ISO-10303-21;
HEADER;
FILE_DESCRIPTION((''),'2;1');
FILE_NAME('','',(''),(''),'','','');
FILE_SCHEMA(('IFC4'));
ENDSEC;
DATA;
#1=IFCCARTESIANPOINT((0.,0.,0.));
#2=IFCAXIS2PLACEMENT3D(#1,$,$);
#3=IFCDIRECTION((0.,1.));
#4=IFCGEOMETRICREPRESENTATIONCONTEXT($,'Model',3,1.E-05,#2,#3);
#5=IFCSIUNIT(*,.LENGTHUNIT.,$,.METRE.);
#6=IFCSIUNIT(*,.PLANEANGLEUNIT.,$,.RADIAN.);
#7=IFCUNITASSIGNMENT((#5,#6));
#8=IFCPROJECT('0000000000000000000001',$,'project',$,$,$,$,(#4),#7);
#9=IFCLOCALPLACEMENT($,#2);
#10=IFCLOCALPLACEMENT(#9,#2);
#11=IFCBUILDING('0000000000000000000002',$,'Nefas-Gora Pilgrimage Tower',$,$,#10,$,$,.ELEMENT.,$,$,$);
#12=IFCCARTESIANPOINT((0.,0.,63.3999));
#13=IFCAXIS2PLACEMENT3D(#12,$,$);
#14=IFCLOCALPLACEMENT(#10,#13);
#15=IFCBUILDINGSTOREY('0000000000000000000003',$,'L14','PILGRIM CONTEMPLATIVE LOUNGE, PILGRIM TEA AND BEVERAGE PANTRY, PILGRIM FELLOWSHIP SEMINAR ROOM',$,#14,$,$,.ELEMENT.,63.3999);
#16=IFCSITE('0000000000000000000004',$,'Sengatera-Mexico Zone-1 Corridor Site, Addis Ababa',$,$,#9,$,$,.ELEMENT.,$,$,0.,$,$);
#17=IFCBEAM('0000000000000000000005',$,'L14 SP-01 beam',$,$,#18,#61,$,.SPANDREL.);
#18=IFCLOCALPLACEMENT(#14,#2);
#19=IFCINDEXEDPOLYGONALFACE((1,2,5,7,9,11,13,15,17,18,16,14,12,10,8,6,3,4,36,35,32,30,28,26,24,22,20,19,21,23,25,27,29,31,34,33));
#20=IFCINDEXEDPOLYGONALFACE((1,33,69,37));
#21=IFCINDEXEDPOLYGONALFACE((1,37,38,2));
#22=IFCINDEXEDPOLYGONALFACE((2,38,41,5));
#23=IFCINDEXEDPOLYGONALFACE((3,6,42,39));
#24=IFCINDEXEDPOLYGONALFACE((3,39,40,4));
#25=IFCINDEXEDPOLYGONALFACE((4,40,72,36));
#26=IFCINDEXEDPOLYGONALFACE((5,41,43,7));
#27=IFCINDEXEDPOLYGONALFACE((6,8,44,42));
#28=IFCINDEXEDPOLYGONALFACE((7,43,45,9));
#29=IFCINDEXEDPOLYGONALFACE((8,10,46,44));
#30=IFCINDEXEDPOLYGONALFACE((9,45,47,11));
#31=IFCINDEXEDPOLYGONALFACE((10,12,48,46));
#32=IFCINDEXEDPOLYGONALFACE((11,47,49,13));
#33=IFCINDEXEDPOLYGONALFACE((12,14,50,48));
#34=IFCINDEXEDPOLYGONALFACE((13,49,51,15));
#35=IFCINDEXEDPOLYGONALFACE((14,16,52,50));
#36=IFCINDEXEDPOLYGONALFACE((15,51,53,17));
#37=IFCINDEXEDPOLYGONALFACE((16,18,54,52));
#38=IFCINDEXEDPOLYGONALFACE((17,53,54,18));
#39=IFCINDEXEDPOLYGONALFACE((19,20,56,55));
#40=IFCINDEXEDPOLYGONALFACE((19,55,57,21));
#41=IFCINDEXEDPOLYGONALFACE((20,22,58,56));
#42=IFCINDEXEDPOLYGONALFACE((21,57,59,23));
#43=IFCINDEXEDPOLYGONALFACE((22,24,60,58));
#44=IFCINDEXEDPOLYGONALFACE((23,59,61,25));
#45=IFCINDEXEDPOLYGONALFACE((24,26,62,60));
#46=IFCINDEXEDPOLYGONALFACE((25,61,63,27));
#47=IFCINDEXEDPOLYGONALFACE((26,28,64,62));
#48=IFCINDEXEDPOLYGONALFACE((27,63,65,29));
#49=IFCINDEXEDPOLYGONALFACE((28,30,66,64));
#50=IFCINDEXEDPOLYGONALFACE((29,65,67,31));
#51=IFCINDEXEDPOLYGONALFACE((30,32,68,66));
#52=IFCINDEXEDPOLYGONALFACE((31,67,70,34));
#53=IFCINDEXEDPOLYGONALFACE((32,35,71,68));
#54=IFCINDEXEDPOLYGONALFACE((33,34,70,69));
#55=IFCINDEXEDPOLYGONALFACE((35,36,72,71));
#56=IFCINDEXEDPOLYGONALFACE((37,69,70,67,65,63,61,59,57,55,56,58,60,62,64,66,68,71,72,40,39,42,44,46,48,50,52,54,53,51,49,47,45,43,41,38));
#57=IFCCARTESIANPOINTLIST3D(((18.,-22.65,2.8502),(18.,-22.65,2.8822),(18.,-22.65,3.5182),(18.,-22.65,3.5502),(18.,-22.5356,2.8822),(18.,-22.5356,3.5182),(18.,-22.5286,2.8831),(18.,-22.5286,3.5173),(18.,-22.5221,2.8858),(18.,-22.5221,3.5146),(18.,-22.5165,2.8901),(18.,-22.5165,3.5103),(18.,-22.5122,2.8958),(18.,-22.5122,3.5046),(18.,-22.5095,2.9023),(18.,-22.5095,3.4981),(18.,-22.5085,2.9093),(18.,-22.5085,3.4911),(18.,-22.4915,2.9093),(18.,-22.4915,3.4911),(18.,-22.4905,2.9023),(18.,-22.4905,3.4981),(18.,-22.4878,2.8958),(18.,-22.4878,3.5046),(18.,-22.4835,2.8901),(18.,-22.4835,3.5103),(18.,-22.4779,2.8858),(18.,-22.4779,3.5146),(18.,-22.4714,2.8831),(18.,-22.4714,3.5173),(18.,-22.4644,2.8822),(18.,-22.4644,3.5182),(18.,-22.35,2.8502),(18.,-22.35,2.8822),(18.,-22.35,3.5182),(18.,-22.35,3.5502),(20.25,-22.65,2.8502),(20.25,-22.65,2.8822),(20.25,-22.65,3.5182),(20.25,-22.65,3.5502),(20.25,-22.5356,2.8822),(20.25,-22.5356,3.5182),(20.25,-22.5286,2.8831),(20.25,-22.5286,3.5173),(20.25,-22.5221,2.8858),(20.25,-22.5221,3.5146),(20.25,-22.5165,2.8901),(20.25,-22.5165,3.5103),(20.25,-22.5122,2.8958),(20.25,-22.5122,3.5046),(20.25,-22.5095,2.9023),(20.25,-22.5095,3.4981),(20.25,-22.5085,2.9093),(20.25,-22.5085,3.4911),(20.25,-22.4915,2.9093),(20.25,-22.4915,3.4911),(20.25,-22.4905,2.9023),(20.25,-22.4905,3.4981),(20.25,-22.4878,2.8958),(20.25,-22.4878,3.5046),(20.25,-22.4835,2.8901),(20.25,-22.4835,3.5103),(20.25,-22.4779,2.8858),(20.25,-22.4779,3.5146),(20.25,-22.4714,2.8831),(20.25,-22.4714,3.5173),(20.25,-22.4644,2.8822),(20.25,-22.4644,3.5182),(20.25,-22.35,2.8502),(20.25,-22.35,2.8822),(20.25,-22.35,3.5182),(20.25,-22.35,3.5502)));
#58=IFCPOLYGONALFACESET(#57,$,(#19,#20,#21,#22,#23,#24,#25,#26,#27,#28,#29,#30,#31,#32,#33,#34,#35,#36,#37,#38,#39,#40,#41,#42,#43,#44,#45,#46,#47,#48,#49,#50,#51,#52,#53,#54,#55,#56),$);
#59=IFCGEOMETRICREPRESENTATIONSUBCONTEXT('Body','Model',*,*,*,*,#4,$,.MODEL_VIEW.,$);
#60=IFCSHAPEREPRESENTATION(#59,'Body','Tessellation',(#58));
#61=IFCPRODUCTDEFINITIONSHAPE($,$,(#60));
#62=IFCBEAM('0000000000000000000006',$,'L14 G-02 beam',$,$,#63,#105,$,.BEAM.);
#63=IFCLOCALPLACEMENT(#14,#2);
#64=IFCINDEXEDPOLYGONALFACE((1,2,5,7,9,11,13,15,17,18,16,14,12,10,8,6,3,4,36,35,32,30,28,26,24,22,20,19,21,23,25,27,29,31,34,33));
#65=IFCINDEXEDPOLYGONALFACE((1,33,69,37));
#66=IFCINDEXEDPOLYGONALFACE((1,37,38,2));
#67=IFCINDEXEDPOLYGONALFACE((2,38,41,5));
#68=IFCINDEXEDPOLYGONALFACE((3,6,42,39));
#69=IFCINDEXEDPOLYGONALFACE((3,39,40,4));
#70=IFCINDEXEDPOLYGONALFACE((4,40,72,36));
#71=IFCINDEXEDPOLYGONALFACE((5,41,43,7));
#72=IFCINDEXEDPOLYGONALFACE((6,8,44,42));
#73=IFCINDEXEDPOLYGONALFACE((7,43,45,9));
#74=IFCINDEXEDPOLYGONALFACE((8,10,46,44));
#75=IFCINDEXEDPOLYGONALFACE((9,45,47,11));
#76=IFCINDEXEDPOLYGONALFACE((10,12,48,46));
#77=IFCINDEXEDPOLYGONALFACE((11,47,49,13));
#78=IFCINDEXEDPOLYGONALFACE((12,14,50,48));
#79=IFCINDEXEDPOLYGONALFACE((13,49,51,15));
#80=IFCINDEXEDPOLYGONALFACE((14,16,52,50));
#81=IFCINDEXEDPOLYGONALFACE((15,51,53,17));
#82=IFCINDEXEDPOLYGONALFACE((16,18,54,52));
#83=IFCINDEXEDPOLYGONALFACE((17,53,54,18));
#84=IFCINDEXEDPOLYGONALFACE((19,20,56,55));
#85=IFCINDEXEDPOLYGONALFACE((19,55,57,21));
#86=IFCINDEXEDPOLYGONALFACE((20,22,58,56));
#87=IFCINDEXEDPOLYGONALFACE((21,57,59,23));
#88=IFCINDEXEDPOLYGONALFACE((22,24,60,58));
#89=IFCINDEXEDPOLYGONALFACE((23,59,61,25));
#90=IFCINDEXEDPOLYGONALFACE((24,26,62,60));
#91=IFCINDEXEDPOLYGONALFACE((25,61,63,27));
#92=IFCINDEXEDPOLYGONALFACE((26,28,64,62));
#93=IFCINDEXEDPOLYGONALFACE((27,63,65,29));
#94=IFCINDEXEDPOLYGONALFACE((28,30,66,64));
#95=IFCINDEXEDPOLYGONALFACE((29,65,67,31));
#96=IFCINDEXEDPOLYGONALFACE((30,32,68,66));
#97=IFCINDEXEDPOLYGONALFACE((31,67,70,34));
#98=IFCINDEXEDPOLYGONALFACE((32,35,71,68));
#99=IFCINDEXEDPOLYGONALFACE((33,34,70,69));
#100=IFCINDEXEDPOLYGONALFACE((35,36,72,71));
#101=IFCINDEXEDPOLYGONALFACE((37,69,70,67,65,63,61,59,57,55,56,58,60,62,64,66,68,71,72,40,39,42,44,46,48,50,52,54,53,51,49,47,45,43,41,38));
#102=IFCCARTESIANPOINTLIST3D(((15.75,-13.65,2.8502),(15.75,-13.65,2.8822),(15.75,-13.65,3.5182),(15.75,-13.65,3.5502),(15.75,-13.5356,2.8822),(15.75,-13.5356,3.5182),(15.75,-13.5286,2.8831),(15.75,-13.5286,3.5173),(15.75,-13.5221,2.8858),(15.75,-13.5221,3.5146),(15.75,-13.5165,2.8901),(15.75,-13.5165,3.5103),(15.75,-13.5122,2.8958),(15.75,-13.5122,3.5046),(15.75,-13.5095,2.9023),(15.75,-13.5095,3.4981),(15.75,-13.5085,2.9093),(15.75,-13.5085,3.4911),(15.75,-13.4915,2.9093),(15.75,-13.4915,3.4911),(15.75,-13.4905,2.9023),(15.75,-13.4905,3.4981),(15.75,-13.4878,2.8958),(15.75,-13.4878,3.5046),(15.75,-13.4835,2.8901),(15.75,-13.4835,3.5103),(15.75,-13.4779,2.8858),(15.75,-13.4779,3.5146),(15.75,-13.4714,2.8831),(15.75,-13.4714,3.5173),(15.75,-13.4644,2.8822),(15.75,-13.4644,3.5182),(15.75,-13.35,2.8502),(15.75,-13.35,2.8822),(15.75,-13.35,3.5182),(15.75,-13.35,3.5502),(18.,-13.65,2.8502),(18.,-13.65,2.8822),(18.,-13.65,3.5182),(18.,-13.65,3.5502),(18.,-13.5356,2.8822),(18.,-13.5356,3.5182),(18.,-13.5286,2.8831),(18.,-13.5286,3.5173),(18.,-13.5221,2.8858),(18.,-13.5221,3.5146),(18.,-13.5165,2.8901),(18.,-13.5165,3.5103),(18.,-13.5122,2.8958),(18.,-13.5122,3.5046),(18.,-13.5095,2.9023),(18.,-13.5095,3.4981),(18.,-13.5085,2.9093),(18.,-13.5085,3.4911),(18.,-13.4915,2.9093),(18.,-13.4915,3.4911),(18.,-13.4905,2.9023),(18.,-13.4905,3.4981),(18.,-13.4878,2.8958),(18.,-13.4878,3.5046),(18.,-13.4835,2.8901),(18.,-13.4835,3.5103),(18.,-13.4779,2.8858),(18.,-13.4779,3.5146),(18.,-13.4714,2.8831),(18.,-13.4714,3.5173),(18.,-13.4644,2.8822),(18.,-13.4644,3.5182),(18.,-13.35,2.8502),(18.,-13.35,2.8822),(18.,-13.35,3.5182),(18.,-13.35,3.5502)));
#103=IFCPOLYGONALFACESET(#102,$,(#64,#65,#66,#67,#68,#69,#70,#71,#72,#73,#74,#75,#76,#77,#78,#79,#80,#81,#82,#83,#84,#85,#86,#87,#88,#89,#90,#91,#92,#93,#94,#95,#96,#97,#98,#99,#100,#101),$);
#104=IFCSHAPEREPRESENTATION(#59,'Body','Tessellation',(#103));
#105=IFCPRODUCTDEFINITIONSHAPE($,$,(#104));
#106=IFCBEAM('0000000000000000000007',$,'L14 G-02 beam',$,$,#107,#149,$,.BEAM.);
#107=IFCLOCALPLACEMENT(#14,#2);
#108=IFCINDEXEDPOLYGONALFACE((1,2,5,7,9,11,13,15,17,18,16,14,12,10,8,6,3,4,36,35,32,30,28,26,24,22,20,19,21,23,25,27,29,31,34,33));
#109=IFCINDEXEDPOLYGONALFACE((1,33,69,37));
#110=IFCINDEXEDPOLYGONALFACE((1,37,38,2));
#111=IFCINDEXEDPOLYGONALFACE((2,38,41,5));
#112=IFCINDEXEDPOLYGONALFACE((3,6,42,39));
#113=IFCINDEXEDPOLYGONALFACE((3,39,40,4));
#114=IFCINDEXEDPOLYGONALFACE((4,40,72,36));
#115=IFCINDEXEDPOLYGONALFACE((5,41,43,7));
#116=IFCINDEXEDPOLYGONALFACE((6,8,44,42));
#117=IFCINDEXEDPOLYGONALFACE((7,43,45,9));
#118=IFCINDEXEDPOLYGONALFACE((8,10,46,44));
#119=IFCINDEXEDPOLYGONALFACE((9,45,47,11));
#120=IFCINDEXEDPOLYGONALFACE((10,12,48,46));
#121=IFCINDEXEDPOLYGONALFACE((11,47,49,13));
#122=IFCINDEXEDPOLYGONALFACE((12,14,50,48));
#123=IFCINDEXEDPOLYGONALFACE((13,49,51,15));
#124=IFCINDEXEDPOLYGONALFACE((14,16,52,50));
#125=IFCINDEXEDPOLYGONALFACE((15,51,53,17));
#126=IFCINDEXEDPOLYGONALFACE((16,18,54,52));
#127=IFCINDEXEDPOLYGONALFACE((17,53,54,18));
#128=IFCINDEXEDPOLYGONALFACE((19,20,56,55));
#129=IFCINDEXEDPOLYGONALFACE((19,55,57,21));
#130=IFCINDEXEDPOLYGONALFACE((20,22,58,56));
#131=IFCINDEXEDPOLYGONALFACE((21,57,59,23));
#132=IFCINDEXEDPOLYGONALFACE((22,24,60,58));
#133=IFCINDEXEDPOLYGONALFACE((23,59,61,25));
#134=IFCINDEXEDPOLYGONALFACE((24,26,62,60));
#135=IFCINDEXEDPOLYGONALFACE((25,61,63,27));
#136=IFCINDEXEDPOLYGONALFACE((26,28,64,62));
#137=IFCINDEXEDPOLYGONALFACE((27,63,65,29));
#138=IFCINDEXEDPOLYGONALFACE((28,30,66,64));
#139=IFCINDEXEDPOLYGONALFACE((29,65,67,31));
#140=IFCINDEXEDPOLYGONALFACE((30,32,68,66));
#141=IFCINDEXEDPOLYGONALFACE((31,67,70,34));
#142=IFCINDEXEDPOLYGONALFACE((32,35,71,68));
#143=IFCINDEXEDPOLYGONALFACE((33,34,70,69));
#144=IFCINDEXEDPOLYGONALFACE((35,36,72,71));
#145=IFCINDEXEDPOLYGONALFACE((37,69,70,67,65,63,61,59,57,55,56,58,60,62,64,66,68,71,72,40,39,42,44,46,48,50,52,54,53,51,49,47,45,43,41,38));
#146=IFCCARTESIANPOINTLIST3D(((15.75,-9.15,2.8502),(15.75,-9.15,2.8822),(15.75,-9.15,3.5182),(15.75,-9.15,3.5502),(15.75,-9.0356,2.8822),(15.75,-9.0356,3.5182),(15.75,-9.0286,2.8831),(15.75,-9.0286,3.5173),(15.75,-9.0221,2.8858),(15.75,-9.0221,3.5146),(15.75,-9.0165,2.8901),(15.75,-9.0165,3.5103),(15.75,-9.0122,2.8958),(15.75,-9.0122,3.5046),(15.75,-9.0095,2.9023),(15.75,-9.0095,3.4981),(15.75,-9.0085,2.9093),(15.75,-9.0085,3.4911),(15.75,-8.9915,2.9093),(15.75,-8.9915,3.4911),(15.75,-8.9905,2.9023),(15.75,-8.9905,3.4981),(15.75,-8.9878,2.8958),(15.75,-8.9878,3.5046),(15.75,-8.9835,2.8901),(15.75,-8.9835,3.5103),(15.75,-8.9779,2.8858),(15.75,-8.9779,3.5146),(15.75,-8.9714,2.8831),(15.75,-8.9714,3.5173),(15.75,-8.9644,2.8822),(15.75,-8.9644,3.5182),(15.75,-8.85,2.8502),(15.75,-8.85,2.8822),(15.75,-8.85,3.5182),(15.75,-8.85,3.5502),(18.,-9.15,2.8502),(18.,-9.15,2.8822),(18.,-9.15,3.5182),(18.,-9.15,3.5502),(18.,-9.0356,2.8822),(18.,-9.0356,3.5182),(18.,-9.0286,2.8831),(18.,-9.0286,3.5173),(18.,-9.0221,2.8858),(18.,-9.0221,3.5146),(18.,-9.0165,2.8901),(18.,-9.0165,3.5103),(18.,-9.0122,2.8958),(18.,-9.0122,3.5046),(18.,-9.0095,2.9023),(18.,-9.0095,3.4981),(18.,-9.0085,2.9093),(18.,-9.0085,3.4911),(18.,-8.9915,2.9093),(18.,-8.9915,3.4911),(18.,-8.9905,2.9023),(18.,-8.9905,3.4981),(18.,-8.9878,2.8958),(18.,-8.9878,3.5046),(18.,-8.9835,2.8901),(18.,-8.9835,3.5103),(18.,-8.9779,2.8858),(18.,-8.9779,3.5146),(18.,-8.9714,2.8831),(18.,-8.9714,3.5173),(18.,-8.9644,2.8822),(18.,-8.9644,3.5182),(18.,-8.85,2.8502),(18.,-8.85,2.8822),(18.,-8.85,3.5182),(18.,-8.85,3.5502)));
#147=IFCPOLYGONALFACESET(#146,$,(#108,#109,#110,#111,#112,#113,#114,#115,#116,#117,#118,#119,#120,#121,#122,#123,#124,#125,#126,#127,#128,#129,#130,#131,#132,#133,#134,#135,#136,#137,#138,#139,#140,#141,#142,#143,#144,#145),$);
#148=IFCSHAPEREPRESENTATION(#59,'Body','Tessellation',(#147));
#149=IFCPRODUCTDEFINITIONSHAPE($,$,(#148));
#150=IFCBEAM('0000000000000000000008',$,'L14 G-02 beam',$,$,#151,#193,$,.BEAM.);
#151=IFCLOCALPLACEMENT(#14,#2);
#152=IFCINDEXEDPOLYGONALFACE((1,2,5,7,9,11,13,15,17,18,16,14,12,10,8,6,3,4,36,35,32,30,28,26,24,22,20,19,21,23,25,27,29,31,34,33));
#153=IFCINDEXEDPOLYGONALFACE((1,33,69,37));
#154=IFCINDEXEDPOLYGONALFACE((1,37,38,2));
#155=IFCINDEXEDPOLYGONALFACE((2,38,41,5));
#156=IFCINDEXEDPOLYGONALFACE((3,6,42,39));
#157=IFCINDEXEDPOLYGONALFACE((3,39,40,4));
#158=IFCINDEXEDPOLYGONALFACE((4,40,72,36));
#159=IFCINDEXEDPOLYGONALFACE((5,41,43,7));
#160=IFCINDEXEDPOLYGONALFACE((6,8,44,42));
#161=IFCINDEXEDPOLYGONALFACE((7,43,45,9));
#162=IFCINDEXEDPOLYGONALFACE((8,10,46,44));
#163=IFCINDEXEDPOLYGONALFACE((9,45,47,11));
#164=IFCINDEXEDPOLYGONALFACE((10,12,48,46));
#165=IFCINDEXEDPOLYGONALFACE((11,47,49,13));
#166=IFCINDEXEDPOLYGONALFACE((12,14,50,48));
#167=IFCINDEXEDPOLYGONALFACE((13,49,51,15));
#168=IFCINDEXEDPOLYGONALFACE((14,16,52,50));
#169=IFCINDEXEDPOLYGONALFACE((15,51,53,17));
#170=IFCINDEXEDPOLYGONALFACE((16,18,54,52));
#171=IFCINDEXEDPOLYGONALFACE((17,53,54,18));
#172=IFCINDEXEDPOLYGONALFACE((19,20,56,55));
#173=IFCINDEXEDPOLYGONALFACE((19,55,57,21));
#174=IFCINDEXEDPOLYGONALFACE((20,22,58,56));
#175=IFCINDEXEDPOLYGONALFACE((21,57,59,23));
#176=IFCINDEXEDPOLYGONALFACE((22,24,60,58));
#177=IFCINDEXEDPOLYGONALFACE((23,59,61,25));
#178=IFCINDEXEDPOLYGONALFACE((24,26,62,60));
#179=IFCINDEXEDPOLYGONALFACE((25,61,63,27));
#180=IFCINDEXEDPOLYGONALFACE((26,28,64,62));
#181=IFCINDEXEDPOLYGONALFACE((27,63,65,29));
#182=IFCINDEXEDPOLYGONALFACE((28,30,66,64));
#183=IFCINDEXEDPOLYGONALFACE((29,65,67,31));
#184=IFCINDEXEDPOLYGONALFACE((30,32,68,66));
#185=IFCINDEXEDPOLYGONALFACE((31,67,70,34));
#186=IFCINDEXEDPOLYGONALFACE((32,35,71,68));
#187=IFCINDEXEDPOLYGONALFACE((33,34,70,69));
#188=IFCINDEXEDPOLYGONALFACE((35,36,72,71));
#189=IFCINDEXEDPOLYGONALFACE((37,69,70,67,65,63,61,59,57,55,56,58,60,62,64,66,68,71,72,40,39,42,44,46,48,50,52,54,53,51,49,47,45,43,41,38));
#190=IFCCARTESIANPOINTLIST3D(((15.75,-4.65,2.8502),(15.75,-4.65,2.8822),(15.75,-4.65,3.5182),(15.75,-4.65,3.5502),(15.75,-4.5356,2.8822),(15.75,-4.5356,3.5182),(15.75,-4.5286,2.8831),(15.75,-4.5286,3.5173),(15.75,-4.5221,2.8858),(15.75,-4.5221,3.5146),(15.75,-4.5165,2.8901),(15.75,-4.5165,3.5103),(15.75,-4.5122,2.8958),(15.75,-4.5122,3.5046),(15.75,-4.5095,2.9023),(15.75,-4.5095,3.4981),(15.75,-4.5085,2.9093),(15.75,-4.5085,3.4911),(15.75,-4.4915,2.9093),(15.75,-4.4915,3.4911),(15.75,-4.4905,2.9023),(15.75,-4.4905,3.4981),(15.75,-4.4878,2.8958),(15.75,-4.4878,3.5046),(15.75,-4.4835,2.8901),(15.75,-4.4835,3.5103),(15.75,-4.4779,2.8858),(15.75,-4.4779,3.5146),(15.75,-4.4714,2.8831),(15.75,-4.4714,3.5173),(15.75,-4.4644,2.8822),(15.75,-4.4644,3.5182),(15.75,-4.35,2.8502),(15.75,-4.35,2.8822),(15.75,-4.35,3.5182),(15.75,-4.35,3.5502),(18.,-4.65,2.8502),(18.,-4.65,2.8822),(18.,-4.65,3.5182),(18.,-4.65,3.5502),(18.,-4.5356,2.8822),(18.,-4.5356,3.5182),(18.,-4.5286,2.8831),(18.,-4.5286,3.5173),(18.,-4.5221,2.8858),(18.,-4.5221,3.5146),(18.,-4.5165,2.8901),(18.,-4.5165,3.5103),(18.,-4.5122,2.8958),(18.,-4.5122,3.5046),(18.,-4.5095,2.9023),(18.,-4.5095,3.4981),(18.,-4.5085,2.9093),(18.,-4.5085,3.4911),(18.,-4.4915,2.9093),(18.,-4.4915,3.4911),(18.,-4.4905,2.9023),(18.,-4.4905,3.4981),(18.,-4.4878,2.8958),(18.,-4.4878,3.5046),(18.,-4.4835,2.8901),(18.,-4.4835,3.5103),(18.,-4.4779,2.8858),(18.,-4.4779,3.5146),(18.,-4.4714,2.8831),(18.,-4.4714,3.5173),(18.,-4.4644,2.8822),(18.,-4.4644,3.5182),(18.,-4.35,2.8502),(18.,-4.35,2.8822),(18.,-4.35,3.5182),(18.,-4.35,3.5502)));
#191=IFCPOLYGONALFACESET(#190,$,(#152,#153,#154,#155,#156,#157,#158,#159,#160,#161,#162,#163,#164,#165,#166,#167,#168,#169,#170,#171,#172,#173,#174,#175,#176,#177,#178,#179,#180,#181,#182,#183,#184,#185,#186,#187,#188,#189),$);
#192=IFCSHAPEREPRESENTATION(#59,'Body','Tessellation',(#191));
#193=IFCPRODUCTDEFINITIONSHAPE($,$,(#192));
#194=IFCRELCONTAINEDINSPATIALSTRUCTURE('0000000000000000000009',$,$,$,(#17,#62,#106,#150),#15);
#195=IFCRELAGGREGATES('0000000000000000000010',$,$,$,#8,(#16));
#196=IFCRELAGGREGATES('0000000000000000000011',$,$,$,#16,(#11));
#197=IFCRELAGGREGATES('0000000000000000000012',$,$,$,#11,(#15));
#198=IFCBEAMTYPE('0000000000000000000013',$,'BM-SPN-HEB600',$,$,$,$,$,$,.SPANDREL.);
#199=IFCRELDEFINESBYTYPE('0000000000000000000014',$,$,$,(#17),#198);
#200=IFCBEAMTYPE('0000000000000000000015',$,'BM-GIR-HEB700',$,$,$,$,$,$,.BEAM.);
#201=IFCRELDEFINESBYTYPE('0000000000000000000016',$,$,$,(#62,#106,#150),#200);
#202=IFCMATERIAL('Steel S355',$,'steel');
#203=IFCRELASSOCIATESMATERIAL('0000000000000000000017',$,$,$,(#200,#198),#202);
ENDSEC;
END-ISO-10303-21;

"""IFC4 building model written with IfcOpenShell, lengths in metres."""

from ifc_helpers import new_model, si_unit, direction, frame, origin, origin_2d, place, context, subcontext, project, spatial, i_section, extrude, source, transform, mapped, material, material_profile, profile_set, type_object, element, save


model = new_model("IFC4")

# Units and contexts
model_context = context("Model", 3, precision=1e-05, world=origin(), true_north=direction((0.0, 1.0)))
body_context = subcontext(model_context, "Body", "Model", "MODEL_VIEW")
ifc_project = project(units=[si_unit("LENGTHUNIT", "METRE"), si_unit("PLANEANGLEUNIT", "RADIAN")], contexts=[model_context])

# Site, building, storey
site_placement = place(None, origin())
site = spatial("IfcSite", under=ifc_project, at=site_placement, Name="Sengatera-Mexico Zone-1 Corridor Site, Addis Ababa", CompositionType="ELEMENT", RefElevation=0.0)
building_placement = place(site_placement, origin())
building = spatial("IfcBuilding", under=site, at=building_placement, Name="Nefas-Gora Pilgrimage Tower", CompositionType="ELEMENT")
storey_placement = place(building_placement, frame((0.0, 0.0, 63.3999)))
storey = spatial("IfcBuildingStorey", under=building, at=storey_placement, Name="L14", Description="PILGRIM CONTEMPLATIVE LOUNGE, PILGRIM TEA AND BEVERAGE PANTRY, PILGRIM FELLOWSHIP SEMINAR ROOM", CompositionType="ELEMENT", Elevation=63.3999)

# Beams
ifc_material_1 = material(Name="Steel S355", Category="steel")
ifc_material_profile_1 = material_profile(ifc_material_1, i_section(OverallWidth=0.3, OverallDepth=0.7, WebThickness=0.0171, FlangeThickness=0.032, FilletRadius=0.0271, at=origin_2d()), Name="HEB 700")
ifc_profile_set_1 = profile_set([ifc_material_profile_1], Name="Steel S355")
beam_type_1 = type_object("IfcBeamType", Name="BM-GIR-HEB700", PredefinedType="BEAM", material=ifc_profile_set_1)
ifc_material_profile_2 = material_profile(ifc_material_1, i_section(OverallWidth=0.3, OverallDepth=0.7, WebThickness=0.0171, FlangeThickness=0.032, FilletRadius=0.0271, at=origin_2d()), Name="HEB 700")
ifc_profile_set_2 = profile_set([ifc_material_profile_2], Name="Steel S355")
beam_type_2 = type_object("IfcBeamType", Name="BM-SPN-HEB600", PredefinedType="SPANDREL", material=ifc_profile_set_2)
shared_shape_1 = source(origin(), body_context, "Body", "SweptSolid", [
    extrude(i_section(OverallWidth=0.3, OverallDepth=0.7, WebThickness=0.0171, FlangeThickness=0.032, FilletRadius=0.0271, at=origin_2d()), origin(), (0.0, 0.0, 1.0), 2.25),
])
for number, where, z_axis, x_axis, name in (
    (1, (18.0, -22.5, 3.2002), (1.0, 0.0, 0.0), (0.0, 1.0, 0.0), "L14 SP-01 beam"),
):
    element("IfcBeam", number, at=place(storey_placement, frame(where, z_axis=z_axis, x_axis=x_axis)), inside=storey, type_object=beam_type_2, Name=name, PredefinedType="SPANDREL", context=body_context, shape_type="MappedRepresentation", body=[
        mapped(shared_shape_1, transform((0.0, 0.0, 0.0), x_axis=(1.0, 0.0, 0.0), y_axis=(0.0, 1.0, 0.0), z_axis=(0.0, 0.0, 1.0), scale=1.0)),
    ])
shared_shape_2 = source(origin(), body_context, "Body", "SweptSolid", [
    extrude(i_section(OverallWidth=0.3, OverallDepth=0.7, WebThickness=0.0171, FlangeThickness=0.032, FilletRadius=0.0271, at=origin_2d()), origin(), (0.0, 0.0, 1.0), 2.25),
])
for number, where, z_axis, x_axis, name in (
    (2, (15.75, -13.5, 3.2002), (1.0, 0.0, 0.0), (0.0, 1.0, 0.0), "L14 G-02 beam"),
    (3, (15.75, -9.0, 3.2002), (1.0, 0.0, 0.0), (0.0, 1.0, 0.0), "L14 G-02 beam"),
    (4, (15.75, -4.5, 3.2002), (1.0, 0.0, 0.0), (0.0, 1.0, 0.0), "L14 G-02 beam"),
):
    element("IfcBeam", number, at=place(storey_placement, frame(where, z_axis=z_axis, x_axis=x_axis)), inside=storey, type_object=beam_type_1, Name=name, PredefinedType="BEAM", context=body_context, shape_type="MappedRepresentation", body=[
        mapped(shared_shape_2, transform((0.0, 0.0, 0.0), x_axis=(1.0, 0.0, 0.0), y_axis=(0.0, 1.0, 0.0), z_axis=(0.0, 0.0, 1.0), scale=1.0)),
    ])

save(model, "model.ifc")
